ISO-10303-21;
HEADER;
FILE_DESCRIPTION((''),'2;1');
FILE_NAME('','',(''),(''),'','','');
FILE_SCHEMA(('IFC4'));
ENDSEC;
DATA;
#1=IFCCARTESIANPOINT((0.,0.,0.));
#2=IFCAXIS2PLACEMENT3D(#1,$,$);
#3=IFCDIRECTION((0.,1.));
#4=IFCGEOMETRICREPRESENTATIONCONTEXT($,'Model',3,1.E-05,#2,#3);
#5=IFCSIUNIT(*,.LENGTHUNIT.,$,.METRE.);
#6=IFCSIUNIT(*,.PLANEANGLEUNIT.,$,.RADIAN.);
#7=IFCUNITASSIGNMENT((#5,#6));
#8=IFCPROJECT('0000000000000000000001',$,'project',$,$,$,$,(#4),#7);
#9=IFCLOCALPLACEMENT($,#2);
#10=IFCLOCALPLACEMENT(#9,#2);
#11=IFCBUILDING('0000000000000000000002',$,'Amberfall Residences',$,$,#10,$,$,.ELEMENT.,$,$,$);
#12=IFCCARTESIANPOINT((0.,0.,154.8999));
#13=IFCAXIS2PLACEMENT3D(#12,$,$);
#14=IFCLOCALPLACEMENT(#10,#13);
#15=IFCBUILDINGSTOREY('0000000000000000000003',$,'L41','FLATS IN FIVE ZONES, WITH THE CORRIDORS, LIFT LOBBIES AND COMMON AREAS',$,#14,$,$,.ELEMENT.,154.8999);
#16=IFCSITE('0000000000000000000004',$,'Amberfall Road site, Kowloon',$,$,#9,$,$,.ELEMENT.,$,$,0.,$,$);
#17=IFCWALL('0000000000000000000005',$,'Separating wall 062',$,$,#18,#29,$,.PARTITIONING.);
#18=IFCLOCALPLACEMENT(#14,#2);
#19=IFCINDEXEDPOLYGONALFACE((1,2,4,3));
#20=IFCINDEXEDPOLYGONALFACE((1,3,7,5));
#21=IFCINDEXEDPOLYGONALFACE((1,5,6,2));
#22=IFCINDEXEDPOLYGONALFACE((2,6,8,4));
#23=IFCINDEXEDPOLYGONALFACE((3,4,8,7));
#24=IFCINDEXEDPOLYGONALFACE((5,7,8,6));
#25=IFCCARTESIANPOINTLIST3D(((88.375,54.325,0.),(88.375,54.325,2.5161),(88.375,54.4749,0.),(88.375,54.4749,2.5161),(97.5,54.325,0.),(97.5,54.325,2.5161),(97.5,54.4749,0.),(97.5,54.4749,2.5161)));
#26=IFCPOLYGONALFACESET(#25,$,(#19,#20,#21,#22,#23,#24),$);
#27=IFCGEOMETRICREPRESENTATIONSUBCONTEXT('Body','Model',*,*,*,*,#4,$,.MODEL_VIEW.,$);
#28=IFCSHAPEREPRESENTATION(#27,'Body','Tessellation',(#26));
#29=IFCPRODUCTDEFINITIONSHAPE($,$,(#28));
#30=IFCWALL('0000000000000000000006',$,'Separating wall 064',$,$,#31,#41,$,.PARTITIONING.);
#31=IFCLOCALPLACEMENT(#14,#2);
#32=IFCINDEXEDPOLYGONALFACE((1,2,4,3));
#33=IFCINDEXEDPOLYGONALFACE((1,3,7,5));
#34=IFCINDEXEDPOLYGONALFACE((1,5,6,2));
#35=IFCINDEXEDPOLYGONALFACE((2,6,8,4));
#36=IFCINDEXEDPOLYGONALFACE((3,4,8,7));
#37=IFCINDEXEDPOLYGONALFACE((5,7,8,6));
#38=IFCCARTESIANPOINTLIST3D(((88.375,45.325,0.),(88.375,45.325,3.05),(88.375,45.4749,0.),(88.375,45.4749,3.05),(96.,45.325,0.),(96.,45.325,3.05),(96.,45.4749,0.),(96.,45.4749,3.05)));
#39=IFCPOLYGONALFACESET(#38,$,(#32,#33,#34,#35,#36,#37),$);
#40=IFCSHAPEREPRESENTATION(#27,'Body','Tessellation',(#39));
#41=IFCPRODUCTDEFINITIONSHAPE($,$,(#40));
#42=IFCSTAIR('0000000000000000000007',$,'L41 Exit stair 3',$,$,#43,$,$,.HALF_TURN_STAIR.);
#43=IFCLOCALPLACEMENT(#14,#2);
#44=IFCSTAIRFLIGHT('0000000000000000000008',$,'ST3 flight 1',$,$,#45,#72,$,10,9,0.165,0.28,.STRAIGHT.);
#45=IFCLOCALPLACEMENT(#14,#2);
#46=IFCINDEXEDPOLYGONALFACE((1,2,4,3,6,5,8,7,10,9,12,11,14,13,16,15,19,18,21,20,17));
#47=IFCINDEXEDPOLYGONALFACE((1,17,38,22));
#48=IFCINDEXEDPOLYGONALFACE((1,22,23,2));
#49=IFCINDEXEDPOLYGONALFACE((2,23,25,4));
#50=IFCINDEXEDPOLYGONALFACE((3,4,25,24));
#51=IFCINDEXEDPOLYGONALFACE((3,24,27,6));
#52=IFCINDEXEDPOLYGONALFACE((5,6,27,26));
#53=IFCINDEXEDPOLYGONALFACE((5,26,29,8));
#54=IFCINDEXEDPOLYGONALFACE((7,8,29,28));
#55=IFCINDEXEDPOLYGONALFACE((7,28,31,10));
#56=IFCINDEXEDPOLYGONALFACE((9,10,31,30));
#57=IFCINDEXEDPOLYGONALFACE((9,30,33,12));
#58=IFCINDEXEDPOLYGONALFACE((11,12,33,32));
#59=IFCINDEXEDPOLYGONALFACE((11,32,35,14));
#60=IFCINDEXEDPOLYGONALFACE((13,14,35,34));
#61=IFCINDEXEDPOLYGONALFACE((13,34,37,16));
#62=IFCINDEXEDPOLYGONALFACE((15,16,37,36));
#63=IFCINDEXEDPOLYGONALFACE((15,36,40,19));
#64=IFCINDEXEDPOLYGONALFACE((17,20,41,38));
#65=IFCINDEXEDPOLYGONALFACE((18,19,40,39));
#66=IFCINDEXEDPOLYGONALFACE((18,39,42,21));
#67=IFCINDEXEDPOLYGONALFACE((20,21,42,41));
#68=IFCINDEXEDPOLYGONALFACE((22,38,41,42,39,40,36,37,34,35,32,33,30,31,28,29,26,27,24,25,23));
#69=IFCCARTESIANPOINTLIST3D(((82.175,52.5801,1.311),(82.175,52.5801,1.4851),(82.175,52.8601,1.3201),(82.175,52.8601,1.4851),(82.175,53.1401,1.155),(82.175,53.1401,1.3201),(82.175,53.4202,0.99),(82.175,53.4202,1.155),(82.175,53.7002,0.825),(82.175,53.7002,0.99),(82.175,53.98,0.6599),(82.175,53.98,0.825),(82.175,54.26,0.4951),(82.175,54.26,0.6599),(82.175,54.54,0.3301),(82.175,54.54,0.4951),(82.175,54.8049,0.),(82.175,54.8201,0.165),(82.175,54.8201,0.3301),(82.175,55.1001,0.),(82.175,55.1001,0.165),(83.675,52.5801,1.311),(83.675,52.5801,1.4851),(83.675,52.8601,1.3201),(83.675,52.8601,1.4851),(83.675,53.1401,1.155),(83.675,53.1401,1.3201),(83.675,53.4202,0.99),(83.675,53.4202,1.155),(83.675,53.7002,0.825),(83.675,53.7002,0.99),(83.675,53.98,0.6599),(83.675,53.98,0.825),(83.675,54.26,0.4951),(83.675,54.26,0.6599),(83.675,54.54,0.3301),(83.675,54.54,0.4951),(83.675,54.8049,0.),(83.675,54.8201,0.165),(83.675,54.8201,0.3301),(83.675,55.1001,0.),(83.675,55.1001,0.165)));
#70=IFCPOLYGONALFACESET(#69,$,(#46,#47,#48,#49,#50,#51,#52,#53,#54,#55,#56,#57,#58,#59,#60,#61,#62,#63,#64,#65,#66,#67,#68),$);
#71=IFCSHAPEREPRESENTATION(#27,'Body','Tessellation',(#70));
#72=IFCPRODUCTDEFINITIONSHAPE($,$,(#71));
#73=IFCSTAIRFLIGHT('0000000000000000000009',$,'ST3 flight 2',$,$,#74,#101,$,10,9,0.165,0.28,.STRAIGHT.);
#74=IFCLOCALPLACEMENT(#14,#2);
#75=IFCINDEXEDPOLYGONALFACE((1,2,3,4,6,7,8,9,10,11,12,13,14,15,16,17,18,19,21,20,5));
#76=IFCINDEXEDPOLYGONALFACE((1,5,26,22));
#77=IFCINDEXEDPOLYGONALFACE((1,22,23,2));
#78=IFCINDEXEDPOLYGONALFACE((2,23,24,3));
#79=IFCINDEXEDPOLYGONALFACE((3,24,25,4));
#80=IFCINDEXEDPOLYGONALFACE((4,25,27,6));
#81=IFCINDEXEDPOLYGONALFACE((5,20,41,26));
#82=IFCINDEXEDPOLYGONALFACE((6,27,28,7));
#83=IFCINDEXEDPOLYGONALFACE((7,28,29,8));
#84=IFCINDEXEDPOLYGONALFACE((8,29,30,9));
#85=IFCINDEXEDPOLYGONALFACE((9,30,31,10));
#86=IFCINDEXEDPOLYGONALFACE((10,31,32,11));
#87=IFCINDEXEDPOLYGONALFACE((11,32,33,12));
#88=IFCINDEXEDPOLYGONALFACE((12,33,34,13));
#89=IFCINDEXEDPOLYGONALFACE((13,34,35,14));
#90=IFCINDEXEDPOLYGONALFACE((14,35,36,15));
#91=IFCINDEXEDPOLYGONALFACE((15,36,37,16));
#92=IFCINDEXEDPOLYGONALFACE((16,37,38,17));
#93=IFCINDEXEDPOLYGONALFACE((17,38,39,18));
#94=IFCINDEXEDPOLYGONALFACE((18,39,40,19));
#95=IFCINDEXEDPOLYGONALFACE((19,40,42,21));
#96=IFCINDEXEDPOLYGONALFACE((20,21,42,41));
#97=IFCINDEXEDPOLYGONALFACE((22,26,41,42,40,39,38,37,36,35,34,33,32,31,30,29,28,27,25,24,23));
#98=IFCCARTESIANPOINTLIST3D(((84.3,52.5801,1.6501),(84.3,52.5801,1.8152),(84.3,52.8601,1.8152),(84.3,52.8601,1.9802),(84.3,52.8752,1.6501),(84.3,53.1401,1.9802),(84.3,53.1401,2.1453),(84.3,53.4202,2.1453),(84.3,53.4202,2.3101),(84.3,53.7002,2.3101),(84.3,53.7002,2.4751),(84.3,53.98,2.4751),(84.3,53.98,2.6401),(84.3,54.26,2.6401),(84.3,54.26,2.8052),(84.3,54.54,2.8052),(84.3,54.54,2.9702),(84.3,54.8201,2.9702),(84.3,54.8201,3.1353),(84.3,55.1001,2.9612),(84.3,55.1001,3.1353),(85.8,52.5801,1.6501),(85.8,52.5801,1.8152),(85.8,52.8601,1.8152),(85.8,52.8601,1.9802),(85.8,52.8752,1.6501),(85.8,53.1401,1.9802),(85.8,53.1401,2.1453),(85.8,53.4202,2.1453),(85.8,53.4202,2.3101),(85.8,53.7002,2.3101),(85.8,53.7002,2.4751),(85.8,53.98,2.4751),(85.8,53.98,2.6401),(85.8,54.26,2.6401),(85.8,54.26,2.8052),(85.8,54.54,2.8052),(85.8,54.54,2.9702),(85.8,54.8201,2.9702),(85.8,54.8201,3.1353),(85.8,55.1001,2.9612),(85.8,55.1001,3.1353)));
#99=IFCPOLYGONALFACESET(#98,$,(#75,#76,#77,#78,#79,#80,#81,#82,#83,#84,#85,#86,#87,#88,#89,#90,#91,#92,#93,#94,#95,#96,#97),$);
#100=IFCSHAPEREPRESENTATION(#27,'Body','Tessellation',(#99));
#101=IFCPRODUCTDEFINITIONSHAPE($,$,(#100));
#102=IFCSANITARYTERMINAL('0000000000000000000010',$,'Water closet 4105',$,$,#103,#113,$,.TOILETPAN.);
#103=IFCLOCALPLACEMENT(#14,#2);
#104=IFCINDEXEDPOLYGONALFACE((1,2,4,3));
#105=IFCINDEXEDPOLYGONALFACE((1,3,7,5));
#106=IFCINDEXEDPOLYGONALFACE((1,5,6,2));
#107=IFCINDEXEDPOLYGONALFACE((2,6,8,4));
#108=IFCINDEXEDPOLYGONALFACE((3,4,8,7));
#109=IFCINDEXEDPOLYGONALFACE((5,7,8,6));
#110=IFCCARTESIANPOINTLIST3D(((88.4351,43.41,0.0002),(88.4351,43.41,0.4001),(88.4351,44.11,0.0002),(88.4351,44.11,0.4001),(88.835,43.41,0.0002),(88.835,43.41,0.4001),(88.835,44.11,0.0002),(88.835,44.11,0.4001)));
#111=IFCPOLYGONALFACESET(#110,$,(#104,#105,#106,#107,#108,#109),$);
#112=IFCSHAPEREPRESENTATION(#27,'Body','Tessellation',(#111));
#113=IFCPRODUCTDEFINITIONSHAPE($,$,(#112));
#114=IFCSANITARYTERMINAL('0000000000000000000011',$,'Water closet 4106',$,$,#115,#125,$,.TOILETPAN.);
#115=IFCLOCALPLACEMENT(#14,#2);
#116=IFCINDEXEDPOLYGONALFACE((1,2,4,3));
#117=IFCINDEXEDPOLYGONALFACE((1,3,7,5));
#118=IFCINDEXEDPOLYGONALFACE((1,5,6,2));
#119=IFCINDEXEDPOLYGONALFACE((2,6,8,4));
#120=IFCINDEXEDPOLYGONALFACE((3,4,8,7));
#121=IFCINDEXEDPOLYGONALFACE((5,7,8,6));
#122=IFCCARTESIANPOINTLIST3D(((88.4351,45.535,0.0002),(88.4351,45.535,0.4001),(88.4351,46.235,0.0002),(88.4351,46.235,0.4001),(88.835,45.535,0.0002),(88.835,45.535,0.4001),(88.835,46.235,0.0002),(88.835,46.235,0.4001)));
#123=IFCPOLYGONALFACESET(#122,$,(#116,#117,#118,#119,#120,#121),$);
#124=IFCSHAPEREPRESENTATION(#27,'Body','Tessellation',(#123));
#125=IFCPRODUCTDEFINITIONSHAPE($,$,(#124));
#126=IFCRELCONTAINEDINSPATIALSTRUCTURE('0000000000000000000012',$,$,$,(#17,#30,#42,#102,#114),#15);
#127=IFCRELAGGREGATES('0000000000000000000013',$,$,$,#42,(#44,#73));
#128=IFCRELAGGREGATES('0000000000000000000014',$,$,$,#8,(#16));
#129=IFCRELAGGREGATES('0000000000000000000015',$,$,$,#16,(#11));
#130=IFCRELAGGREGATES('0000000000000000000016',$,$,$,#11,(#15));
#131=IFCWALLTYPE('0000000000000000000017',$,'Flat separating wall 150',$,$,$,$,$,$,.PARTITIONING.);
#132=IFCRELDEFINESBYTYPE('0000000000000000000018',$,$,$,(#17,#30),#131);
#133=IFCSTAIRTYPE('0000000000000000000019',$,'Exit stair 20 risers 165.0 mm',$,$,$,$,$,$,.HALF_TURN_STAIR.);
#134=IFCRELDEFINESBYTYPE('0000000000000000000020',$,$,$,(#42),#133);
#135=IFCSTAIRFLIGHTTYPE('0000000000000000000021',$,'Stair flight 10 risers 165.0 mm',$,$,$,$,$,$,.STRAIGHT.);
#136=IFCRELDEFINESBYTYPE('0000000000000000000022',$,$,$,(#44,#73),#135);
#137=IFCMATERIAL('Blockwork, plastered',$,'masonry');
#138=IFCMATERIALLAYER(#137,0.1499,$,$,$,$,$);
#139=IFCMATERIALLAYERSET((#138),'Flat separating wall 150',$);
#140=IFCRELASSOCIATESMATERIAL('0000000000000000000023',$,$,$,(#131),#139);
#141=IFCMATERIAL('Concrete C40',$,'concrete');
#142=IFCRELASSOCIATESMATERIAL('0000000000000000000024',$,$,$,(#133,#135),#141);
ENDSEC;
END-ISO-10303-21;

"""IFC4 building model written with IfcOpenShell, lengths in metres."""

from ifc_helpers import new_model, si_unit, direction, frame, frame_2d, origin, origin_2d, place, context, subcontext, project, spatial, polyline, rectangle, outline, extrude, material, layer, layer_set, type_object, element, aggregate, save


model = new_model("IFC4")

# Units and contexts
model_context = context("Model", 3, precision=1e-05, world=origin(), true_north=direction((0.0, 1.0)))
body_context = subcontext(model_context, "Body", "Model", "MODEL_VIEW")
ifc_project = project(units=[si_unit("LENGTHUNIT", "METRE"), si_unit("PLANEANGLEUNIT", "RADIAN")], contexts=[model_context])

# Site, building, storey
site_placement = place(None, origin())
site = spatial("IfcSite", under=ifc_project, at=site_placement, Name="Amberfall Road site, Kowloon", CompositionType="ELEMENT", RefElevation=0.0)
building_placement = place(site_placement, origin())
building = spatial("IfcBuilding", under=site, at=building_placement, Name="Amberfall Residences", CompositionType="ELEMENT")
storey_placement = place(building_placement, frame((0.0, 0.0, 154.8999)))
storey = spatial("IfcBuildingStorey", under=building, at=storey_placement, Name="L41", Description="FLATS IN FIVE ZONES, WITH THE CORRIDORS, LIFT LOBBIES AND COMMON AREAS", CompositionType="ELEMENT", Elevation=154.8999)

# Shared definitions
ifc_material_1 = material(Name="Blockwork, plastered", Category="masonry")
ifc_layer_1 = layer(ifc_material_1, 0.1499)
ifc_layer_set_1 = layer_set([ifc_layer_1], Name="Flat separating wall 150")
wall_type_1 = type_object("IfcWallType", Name="Flat separating wall 150", PredefinedType="PARTITIONING", material=ifc_layer_set_1)

# Walls
wall_1_placement = place(storey_placement, frame((88.375, 54.3999, 0.0), z_axis=(0.0, 0.0, 1.0), x_axis=(1.0, 0.0, 0.0)))
element("IfcWall", 1, at=wall_1_placement, inside=storey, type_object=wall_type_1, Name="Separating wall 062", PredefinedType="PARTITIONING", context=body_context, shape_type="SweptSolid", body=[
    extrude(rectangle(XDim=9.125, YDim=0.1499, at=frame_2d((4.5625, 0.0))), origin(), (0.0, 0.0, 1.0), 2.5161),
])
wall_2_placement = place(storey_placement, frame((88.375, 45.3999, 0.0), z_axis=(0.0, 0.0, 1.0), x_axis=(1.0, 0.0, 0.0)))
element("IfcWall", 2, at=wall_2_placement, inside=storey, type_object=wall_type_1, Name="Separating wall 064", PredefinedType="PARTITIONING", context=body_context, shape_type="SweptSolid", body=[
    extrude(rectangle(XDim=7.625, YDim=0.1499, at=frame_2d((3.8125, 0.0))), origin(), (0.0, 0.0, 1.0), 3.05),
])

# Stair, stair flights
ifc_material_2 = material(Name="Concrete C40", Category="concrete")
stair_type = type_object("IfcStairType", Name="Exit stair 20 risers 165.0 mm", PredefinedType="HALF_TURN_STAIR", material=ifc_material_2)
stair_placement = place(storey_placement, origin())
stair = element("IfcStair", 3, at=stair_placement, inside=storey, type_object=stair_type, Name="L41 Exit stair 3", PredefinedType="HALF_TURN_STAIR")
stair_flight_type = type_object("IfcStairFlightType", Name="Stair flight 10 risers 165.0 mm", PredefinedType="STRAIGHT", material=ifc_material_2)
stair_flight_1_placement = place(storey_placement, frame((82.925, 55.1001, 0.0), z_axis=(0.0, 0.0, 1.0), x_axis=(0.0, -1.0, 0.0)))
stair_flight_1 = element("IfcStairFlight", 4, at=stair_flight_1_placement, type_object=stair_flight_type, Name="ST3 flight 1", NumberOfRisers=10, NumberOfTreads=9, PredefinedType="STRAIGHT", RiserHeight=0.165, TreadLength=0.28, context=body_context, shape_type="SweptSolid", body=[
    extrude(outline(polyline([(0.0, 0.0), (0.0, 0.165), (0.28, 0.165), (0.28, 0.3301), (0.5601, 0.3301), (0.5601, 0.4951), (0.8401, 0.4951), (0.8401, 0.6599), (1.1201, 0.6599), (1.1201, 0.825), (1.3999, 0.825), (1.3999, 0.99), (1.6799, 0.99), (1.6799, 1.155), (1.96, 1.155), (1.96, 1.3201), (2.24, 1.3201), (2.24, 1.4851), (2.52, 1.4851), (2.52, 1.6499), (2.52, 1.311), (0.2952, 0.0), (0.0, 0.0)])), frame((0.0, 0.75, 0.0), z_axis=(0.0, -1.0, 0.0), x_axis=(1.0, 0.0, 0.0)), (0.0, 0.0, 1.0), 1.5),
])
stair_flight_2_placement = place(storey_placement, frame((85.05, 52.5801, 1.6501), z_axis=(0.0, 0.0, 1.0), x_axis=(0.0, 1.0, 0.0)))
stair_flight_2 = element("IfcStairFlight", 5, at=stair_flight_2_placement, type_object=stair_flight_type, Name="ST3 flight 2", NumberOfRisers=10, NumberOfTreads=9, PredefinedType="STRAIGHT", RiserHeight=0.165, TreadLength=0.28, context=body_context, shape_type="SweptSolid", body=[
    extrude(outline(polyline([(0.0, 0.0), (0.0, 0.165), (0.28, 0.165), (0.28, 0.3301), (0.5601, 0.3301), (0.5601, 0.4951), (0.8401, 0.4951), (0.8401, 0.6599), (1.1201, 0.6599), (1.1201, 0.825), (1.3999, 0.825), (1.3999, 0.99), (1.6799, 0.99), (1.6799, 1.155), (1.96, 1.155), (1.96, 1.3201), (2.24, 1.3201), (2.24, 1.4851), (2.52, 1.4851), (2.52, 1.6499), (2.52, 1.311), (0.2952, 0.0), (0.0, 0.0)])), frame((0.0, 0.75, 0.0), z_axis=(0.0, -1.0, 0.0), x_axis=(1.0, 0.0, 0.0)), (0.0, 0.0, 1.0), 1.5),
])
aggregate(stair, [stair_flight_1, stair_flight_2])

# Sanitary terminals
for number, where, z_axis, x_axis, name in (
    (6, (88.635, 43.76, 0.0002), (0.0, 0.0, 1.0), (1.0, 0.0, 0.0), "Water closet 4105"),
    (7, (88.635, 45.885, 0.0002), (0.0, 0.0, 1.0), (1.0, 0.0, 0.0), "Water closet 4106"),
):
    element("IfcSanitaryTerminal", number, at=place(storey_placement, frame(where, z_axis=z_axis, x_axis=x_axis)), inside=storey, Name=name, PredefinedType="TOILETPAN", context=body_context, shape_type="SweptSolid", body=[
        extrude(rectangle(XDim=0.3999, YDim=0.7, at=origin_2d()), origin(), (0.0, 0.0, 1.0), 0.3999),
    ])

save(model, "model.ifc")
